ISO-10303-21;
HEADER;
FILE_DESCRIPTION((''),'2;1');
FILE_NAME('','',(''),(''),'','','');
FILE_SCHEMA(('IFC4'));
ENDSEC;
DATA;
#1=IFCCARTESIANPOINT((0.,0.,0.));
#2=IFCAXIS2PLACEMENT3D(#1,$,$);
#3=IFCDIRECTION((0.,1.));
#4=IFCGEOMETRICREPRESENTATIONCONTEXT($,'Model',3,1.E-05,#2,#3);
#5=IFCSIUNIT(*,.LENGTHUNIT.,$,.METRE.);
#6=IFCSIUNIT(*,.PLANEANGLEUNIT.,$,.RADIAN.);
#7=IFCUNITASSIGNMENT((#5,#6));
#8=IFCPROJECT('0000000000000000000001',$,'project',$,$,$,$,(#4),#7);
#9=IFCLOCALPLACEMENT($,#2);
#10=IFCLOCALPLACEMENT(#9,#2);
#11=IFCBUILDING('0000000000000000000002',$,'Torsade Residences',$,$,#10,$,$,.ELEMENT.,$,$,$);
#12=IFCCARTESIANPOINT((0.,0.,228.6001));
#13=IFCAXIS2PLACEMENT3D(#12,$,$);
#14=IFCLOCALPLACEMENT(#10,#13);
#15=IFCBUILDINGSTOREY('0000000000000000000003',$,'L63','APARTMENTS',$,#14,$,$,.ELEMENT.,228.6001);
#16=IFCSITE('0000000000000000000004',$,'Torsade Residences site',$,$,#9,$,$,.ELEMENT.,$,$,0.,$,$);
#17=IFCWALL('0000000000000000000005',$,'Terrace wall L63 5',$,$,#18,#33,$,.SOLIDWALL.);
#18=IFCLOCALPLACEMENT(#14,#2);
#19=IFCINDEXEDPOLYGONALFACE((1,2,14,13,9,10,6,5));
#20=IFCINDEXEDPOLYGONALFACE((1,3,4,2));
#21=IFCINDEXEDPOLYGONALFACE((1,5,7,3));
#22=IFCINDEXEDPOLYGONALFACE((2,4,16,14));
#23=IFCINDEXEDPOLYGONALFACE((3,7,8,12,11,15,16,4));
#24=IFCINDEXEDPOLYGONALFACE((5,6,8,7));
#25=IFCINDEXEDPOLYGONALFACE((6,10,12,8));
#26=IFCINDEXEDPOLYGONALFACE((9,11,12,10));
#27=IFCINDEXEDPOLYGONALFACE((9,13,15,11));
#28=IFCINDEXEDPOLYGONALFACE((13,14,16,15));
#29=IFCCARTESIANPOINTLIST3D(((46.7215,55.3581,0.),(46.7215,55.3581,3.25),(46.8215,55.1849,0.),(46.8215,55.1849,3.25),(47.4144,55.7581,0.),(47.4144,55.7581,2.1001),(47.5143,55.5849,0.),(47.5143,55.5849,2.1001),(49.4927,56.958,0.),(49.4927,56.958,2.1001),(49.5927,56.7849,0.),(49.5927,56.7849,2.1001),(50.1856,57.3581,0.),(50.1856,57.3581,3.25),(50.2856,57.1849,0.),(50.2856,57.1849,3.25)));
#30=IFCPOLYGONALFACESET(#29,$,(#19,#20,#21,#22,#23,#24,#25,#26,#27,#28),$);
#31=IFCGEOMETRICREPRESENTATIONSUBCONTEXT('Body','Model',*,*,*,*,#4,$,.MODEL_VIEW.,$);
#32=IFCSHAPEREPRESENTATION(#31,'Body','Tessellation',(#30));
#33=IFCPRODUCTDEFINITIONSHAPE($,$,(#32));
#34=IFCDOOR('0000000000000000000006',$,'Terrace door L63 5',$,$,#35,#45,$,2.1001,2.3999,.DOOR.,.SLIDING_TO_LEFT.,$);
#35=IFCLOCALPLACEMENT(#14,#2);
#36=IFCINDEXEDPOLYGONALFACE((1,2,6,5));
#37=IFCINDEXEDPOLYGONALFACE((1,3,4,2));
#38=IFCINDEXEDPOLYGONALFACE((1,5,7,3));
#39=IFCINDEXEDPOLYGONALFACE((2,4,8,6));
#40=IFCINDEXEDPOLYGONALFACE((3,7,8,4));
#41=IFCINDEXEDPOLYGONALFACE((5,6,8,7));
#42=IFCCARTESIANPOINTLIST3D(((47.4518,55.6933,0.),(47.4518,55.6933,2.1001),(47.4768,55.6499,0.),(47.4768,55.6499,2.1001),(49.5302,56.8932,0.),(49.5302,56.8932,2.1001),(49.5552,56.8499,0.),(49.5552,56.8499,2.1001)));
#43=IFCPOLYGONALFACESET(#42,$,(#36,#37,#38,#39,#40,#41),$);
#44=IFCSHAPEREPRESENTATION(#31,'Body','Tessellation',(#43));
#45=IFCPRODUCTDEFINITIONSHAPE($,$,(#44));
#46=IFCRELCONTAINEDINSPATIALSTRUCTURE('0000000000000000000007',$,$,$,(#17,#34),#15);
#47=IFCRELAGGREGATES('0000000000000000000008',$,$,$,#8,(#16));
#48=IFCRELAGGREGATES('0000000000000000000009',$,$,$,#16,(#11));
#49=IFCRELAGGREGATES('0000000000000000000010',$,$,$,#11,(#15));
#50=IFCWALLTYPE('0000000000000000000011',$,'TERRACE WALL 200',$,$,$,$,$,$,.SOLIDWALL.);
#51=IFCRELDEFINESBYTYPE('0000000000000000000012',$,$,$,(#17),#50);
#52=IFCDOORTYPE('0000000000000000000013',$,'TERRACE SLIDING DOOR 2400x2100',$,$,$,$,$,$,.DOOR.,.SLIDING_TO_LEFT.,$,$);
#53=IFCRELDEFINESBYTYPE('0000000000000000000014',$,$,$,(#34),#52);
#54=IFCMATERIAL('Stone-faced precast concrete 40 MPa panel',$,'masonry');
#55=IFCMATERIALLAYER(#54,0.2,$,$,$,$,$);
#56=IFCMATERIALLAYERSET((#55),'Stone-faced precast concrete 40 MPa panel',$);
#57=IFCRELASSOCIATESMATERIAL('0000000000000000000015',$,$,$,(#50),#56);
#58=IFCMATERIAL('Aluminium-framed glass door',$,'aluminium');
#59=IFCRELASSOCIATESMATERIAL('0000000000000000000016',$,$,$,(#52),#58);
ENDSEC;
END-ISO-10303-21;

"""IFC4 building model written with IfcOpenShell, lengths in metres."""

from ifc_helpers import new_model, si_unit, direction, frame, frame_2d, origin, place, context, subcontext, project, spatial, rectangle, extrude, material, layer, layer_set, type_object, element, fill, save


model = new_model("IFC4")

# Units and contexts
model_context = context("Model", 3, precision=1e-05, world=origin(), true_north=direction((0.0, 1.0)))
body_context = subcontext(model_context, "Body", "Model", "MODEL_VIEW")
ifc_project = project(units=[si_unit("LENGTHUNIT", "METRE"), si_unit("PLANEANGLEUNIT", "RADIAN")], contexts=[model_context])

# Site, building, storey
site_placement = place(None, origin())
site = spatial("IfcSite", under=ifc_project, at=site_placement, Name="Torsade Residences site", CompositionType="ELEMENT", RefElevation=0.0)
building_placement = place(site_placement, origin())
building = spatial("IfcBuilding", under=site, at=building_placement, Name="Torsade Residences", CompositionType="ELEMENT")
storey_placement = place(building_placement, frame((0.0, 0.0, 228.6001)))
storey = spatial("IfcBuildingStorey", under=building, at=storey_placement, Name="L63", Description="APARTMENTS", CompositionType="ELEMENT", Elevation=228.6001)

# Wall, opening, door
ifc_material_1 = material(Name="Stone-faced precast concrete 40 MPa panel", Category="masonry")
ifc_layer_1 = layer(ifc_material_1, 0.2)
ifc_layer_set_1 = layer_set([ifc_layer_1], Name="Stone-faced precast concrete 40 MPa panel")
wall_type_1 = type_object("IfcWallType", Name="TERRACE WALL 200", PredefinedType="SOLIDWALL", material=ifc_layer_set_1)
wall_1_placement = place(storey_placement, frame((50.2356, 57.2715, 0.0), z_axis=(0.0, 0.0, 1.0), x_axis=(-0.866026, -0.499999, 0.0)))
wall_1 = element("IfcWall", 1, at=wall_1_placement, inside=storey, type_object=wall_type_1, Name="Terrace wall L63 5", PredefinedType="SOLIDWALL", context=body_context, shape_type="SweptSolid", body=[
    extrude(rectangle(XDim=4.0, YDim=0.2, at=frame_2d((2.0, 0.0))), origin(), (0.0, 0.0, 1.0), 3.25),
])
opening_1_placement = place(wall_1_placement, frame((0.8, 0.0, 0.0)))
opening_1 = element("IfcOpeningElement", 2, at=opening_1_placement, cuts=wall_1, PredefinedType="OPENING", context=body_context, shape_type="SweptSolid", body=[
    extrude(rectangle(XDim=2.3999, YDim=2.1001, at=frame_2d((1.2, 1.05))), frame((0.0, 0.1099, 0.0), z_axis=(0.0, -1.0, 0.0), x_axis=(1.0, 0.0, 0.0)), (0.0, 0.0, 1.0), 0.22),
])
ifc_material_2 = material(Name="Aluminium-framed glass door", Category="aluminium")
door_type_1 = type_object("IfcDoorType", Name="TERRACE SLIDING DOOR 2400x2100", OperationType="SLIDING_TO_LEFT", PredefinedType="DOOR", material=ifc_material_2)
door_1_placement = place(opening_1_placement, origin())
door_1 = element("IfcDoor", 3, at=door_1_placement, inside=storey, type_object=door_type_1, Name="Terrace door L63 5", OperationType="SLIDING_TO_LEFT", OverallHeight=2.1001, OverallWidth=2.3999, PredefinedType="DOOR", context=body_context, shape_type="SweptSolid", body=[
    extrude(rectangle(XDim=2.3999, YDim=2.1001, at=frame_2d((1.2, 1.05))), frame((0.0, 0.0249, 0.0), z_axis=(0.0, -1.0, 0.0), x_axis=(1.0, 0.0, 0.0)), (0.0, 0.0, 1.0), 0.05),
])
fill(opening_1, door_1)

save(model, "model.ifc")
